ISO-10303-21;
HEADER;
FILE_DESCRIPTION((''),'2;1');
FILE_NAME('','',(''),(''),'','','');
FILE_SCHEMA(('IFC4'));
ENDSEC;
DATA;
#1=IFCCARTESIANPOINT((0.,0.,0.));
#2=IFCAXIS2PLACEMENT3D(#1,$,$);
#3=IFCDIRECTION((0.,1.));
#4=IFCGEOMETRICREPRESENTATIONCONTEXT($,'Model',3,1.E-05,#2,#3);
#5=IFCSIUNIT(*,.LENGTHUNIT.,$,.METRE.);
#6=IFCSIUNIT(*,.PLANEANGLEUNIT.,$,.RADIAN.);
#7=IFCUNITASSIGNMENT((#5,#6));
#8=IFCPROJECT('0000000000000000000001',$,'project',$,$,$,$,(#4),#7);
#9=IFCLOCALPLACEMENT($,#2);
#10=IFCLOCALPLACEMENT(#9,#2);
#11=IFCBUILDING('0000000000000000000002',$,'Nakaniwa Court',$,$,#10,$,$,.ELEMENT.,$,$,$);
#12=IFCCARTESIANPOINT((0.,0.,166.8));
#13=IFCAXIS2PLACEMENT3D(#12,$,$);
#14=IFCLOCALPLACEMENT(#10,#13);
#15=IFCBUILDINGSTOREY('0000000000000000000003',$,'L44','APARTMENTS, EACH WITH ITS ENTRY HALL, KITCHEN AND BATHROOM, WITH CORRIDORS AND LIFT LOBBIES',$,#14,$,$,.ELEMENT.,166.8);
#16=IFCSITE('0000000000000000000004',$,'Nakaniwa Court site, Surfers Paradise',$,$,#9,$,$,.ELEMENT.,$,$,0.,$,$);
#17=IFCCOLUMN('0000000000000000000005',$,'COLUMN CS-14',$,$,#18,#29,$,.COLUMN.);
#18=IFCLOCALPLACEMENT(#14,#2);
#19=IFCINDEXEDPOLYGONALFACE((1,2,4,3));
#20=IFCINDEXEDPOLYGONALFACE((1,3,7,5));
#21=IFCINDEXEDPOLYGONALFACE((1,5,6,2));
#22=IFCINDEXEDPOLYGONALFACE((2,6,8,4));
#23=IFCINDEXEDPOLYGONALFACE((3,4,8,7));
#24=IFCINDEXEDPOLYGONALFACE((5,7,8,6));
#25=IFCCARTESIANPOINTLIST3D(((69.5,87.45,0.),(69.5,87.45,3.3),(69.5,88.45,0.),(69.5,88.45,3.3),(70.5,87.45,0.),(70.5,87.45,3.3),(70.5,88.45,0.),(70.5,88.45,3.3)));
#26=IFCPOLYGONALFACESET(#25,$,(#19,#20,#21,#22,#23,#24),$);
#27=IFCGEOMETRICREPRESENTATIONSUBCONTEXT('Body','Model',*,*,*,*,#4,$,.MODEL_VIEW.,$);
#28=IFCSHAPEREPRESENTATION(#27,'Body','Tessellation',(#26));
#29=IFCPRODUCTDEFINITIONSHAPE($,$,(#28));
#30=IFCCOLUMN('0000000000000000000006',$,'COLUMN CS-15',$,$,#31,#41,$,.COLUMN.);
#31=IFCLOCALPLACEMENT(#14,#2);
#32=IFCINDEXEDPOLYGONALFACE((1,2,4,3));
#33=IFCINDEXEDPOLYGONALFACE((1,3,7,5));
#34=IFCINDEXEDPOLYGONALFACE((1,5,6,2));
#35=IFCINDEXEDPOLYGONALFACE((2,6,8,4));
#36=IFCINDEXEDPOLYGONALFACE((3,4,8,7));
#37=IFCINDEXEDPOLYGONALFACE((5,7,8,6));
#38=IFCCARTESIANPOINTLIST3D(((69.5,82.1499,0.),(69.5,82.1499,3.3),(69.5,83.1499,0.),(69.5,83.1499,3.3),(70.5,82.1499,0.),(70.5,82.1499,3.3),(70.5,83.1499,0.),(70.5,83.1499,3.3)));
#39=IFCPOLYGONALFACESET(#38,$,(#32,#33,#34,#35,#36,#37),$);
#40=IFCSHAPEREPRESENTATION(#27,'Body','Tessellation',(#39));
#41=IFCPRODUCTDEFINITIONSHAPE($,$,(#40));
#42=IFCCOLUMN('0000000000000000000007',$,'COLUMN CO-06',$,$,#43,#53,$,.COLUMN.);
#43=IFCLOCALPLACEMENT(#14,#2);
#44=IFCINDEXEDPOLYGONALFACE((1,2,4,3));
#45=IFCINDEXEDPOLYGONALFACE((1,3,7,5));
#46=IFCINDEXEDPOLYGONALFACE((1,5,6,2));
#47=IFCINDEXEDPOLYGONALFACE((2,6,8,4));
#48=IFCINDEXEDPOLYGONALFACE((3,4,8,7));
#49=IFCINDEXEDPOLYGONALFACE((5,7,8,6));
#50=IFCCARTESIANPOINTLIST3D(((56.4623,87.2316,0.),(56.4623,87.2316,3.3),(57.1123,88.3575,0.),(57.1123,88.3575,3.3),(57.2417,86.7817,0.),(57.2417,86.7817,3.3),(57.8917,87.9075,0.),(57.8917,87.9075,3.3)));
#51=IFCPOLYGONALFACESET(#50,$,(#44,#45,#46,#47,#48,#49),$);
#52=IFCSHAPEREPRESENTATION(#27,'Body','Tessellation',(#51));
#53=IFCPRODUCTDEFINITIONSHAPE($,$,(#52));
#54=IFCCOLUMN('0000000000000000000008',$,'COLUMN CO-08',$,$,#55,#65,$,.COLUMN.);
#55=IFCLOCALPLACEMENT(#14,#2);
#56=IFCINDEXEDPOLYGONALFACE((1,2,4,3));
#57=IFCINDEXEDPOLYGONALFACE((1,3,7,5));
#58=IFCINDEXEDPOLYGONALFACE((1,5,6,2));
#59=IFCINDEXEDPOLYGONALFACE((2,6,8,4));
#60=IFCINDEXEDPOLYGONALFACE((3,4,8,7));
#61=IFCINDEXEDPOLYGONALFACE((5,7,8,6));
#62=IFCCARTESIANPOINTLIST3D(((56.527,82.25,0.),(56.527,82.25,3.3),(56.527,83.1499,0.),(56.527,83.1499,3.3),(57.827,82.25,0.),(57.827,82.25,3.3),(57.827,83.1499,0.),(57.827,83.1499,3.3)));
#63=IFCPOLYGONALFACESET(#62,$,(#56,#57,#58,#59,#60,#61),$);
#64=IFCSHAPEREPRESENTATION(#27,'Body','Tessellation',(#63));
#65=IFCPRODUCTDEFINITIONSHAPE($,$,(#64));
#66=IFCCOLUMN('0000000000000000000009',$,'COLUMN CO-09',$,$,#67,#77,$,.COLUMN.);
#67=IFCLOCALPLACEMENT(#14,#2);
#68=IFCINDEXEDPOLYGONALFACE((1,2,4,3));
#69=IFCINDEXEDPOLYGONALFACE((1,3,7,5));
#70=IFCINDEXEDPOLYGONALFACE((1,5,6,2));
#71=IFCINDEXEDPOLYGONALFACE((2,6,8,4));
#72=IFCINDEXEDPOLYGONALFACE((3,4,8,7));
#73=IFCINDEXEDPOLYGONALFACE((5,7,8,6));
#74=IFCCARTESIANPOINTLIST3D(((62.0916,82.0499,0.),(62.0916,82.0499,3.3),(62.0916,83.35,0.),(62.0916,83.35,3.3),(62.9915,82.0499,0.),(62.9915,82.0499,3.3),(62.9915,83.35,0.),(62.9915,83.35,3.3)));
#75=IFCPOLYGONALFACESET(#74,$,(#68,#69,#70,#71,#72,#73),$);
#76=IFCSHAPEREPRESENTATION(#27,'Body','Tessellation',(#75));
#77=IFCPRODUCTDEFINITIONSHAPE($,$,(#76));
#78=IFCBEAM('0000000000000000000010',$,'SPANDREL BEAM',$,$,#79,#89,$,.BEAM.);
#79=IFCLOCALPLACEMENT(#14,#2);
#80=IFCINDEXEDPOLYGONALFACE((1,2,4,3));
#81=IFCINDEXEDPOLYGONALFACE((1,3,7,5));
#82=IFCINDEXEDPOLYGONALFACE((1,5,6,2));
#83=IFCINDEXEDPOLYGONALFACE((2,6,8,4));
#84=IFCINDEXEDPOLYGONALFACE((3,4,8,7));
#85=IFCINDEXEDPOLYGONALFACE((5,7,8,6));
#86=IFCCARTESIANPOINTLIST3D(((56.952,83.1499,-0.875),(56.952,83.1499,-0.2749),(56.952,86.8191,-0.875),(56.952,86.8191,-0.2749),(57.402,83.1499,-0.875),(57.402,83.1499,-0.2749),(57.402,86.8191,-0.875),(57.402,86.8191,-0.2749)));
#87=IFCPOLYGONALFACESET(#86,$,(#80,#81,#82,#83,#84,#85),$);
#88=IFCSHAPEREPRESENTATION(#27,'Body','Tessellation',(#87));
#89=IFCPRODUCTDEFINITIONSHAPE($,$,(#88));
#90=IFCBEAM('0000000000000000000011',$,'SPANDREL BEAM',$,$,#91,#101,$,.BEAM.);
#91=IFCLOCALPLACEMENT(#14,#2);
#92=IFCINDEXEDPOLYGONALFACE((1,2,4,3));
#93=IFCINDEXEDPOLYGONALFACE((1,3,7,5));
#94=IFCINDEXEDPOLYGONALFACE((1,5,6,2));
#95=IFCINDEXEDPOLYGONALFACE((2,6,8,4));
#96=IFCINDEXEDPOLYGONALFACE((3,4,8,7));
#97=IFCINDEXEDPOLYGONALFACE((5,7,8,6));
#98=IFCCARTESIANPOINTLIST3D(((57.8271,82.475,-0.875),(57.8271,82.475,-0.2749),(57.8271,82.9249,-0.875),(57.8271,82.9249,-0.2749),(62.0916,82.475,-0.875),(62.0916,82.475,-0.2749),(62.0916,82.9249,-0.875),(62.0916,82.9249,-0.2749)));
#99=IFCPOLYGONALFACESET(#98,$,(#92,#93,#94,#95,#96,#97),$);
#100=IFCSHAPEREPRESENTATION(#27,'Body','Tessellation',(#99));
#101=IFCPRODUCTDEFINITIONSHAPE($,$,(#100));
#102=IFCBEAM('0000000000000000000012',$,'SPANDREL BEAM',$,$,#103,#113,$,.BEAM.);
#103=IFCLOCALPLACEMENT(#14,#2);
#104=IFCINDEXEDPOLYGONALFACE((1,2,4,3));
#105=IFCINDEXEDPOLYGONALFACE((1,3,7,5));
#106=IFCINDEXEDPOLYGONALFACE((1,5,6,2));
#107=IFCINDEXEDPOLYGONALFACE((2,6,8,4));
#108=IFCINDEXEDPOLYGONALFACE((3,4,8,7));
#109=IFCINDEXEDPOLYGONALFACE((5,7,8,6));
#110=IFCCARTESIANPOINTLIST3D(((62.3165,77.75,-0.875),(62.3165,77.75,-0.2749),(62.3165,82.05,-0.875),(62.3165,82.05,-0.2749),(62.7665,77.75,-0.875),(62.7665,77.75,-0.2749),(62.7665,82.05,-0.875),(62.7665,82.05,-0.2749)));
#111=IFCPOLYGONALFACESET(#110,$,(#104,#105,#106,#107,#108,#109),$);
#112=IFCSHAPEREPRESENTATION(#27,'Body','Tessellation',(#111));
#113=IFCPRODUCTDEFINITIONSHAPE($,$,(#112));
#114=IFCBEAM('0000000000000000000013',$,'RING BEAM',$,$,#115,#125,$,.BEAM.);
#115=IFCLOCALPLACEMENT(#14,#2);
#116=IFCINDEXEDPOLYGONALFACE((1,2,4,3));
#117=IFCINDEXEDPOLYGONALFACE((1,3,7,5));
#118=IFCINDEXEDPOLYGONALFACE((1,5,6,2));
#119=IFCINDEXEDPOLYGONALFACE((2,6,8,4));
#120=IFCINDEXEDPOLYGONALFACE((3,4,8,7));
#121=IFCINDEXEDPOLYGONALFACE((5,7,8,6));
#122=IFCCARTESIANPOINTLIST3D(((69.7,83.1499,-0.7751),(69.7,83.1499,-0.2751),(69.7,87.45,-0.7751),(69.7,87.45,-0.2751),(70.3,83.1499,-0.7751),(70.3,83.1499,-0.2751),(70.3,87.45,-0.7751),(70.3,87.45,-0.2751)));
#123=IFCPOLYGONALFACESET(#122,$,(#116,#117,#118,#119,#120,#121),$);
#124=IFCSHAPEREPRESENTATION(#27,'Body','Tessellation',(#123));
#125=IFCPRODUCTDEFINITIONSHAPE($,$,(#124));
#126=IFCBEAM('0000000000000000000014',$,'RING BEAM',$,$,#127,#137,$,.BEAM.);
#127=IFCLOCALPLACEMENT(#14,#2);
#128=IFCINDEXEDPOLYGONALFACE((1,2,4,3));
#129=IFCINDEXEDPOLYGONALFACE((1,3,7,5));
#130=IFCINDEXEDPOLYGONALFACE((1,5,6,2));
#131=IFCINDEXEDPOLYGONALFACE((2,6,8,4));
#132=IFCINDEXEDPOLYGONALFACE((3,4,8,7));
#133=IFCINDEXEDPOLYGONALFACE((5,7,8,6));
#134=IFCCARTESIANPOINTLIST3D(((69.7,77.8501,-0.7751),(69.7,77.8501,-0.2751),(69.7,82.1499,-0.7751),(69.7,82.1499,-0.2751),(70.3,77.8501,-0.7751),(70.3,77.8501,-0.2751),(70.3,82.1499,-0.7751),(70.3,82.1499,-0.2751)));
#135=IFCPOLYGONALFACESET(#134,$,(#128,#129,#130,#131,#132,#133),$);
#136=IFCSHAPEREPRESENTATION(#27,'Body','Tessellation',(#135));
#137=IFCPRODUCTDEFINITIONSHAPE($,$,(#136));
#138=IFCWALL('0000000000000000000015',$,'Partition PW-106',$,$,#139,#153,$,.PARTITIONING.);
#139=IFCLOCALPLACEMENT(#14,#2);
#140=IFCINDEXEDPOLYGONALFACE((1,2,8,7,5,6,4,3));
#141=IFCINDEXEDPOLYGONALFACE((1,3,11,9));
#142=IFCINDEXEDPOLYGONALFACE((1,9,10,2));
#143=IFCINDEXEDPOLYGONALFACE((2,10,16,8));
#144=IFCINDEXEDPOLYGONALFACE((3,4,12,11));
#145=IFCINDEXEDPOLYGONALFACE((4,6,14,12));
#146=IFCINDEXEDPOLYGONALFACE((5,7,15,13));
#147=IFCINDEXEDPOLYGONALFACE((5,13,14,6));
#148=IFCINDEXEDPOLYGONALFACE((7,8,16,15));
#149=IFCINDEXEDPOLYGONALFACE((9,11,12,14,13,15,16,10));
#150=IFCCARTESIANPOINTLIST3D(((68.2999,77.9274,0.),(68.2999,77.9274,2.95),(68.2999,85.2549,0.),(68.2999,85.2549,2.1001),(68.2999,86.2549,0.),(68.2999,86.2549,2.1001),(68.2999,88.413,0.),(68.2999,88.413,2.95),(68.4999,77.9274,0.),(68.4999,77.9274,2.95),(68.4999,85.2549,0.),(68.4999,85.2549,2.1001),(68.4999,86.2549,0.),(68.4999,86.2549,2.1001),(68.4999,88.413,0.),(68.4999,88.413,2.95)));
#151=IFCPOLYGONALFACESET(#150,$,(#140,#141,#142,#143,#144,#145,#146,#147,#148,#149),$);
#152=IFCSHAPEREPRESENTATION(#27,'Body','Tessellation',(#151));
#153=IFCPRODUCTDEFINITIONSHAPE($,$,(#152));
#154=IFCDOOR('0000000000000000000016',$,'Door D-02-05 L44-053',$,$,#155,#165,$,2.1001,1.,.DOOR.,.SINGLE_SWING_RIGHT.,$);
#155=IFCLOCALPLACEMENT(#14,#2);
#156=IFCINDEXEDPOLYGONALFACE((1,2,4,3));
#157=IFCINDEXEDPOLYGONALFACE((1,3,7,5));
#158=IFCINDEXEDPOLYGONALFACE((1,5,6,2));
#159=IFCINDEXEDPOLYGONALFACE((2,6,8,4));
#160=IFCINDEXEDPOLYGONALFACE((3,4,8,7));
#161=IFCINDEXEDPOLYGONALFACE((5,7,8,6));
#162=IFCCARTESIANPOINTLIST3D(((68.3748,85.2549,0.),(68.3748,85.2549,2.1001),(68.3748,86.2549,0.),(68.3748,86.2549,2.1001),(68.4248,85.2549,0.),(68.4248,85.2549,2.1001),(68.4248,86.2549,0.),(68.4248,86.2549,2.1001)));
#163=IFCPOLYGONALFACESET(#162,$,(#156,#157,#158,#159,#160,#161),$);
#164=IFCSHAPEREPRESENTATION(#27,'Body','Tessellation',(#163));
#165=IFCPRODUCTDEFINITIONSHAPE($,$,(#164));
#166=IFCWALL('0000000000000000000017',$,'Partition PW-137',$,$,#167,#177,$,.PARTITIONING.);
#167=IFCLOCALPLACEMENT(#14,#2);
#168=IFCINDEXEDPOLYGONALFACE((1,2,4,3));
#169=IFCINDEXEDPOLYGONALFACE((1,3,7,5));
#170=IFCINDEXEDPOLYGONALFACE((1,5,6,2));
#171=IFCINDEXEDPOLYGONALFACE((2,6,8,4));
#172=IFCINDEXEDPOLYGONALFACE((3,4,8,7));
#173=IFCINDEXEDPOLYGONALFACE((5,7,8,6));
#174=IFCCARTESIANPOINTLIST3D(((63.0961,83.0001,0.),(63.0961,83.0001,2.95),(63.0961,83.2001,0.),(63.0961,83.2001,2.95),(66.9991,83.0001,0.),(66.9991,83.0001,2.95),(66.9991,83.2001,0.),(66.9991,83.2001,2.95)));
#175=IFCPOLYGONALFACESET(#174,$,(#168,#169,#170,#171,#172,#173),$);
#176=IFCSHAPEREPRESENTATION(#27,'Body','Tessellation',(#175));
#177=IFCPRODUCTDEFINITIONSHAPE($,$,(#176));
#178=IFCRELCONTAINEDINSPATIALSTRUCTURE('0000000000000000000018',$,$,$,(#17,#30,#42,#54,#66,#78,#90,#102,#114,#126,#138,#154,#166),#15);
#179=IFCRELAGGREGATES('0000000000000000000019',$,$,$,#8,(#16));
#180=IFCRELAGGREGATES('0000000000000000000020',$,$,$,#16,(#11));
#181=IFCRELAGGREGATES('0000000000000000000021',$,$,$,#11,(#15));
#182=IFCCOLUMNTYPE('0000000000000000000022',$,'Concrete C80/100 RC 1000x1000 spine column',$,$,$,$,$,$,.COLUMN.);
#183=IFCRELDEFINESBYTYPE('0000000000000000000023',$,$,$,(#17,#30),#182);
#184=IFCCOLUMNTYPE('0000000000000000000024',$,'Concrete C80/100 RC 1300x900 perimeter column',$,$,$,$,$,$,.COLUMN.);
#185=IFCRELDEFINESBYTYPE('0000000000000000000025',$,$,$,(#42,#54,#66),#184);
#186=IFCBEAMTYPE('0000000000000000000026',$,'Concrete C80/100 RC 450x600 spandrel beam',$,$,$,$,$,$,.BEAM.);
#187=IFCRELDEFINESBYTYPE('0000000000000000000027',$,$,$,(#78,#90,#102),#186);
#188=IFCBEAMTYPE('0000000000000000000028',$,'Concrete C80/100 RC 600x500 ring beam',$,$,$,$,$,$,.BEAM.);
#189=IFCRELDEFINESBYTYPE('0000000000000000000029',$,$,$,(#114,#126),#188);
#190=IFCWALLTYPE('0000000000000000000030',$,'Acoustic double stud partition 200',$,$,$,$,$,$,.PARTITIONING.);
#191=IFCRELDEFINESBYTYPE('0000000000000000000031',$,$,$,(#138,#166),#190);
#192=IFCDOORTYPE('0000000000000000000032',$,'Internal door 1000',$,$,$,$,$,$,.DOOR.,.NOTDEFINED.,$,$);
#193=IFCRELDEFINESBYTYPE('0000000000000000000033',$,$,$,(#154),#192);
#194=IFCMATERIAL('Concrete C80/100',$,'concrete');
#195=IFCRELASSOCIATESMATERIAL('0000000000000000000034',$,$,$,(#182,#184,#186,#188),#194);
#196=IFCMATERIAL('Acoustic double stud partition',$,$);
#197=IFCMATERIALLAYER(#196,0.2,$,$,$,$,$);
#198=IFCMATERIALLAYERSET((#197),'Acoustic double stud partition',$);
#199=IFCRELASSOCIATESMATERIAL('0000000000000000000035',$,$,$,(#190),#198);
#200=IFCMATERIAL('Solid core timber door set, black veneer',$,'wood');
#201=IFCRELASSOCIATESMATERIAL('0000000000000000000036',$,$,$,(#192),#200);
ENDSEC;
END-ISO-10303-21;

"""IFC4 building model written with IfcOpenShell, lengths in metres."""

from ifc_helpers import new_model, si_unit, direction, frame, frame_2d, origin, origin_2d, place, context, subcontext, project, spatial, rectangle, extrude, material, layer, layer_set, material_profile, profile_set, type_object, element, fill, save


model = new_model("IFC4")

# Units and contexts
model_context = context("Model", 3, precision=1e-05, world=origin(), true_north=direction((0.0, 1.0)))
body_context = subcontext(model_context, "Body", "Model", "MODEL_VIEW")
ifc_project = project(units=[si_unit("LENGTHUNIT", "METRE"), si_unit("PLANEANGLEUNIT", "RADIAN")], contexts=[model_context])

# Site, building, storey
site_placement = place(None, origin())
site = spatial("IfcSite", under=ifc_project, at=site_placement, Name="Nakaniwa Court site, Surfers Paradise", CompositionType="ELEMENT", RefElevation=0.0)
building_placement = place(site_placement, origin())
building = spatial("IfcBuilding", under=site, at=building_placement, Name="Nakaniwa Court", CompositionType="ELEMENT")
storey_placement = place(building_placement, frame((0.0, 0.0, 166.8)))
storey = spatial("IfcBuildingStorey", under=building, at=storey_placement, Name="L44", Description="APARTMENTS, EACH WITH ITS ENTRY HALL, KITCHEN AND BATHROOM, WITH CORRIDORS AND LIFT LOBBIES", CompositionType="ELEMENT", Elevation=166.8)

# Columns
ifc_material_1 = material(Name="Concrete C80/100", Category="concrete")
ifc_material_profile_1 = material_profile(ifc_material_1, rectangle(XDim=1.0, YDim=1.0, at=origin_2d()), Name="Concrete C80/100 RC 1000x1000 spine column")
ifc_profile_set_1 = profile_set([ifc_material_profile_1], Name="Concrete C80/100")
column_type_1 = type_object("IfcColumnType", Name="Concrete C80/100 RC 1000x1000 spine column", PredefinedType="COLUMN", material=ifc_profile_set_1)
for number, where, z_axis, x_axis, name in (
    (1, (70.0, 87.95, 0.0), (0.0, 0.0, 1.0), (0.0, -1.0, 0.0), "COLUMN CS-14"),
    (2, (70.0, 82.6499, 0.0), (0.0, 0.0, 1.0), (0.0, -1.0, 0.0), "COLUMN CS-15"),
):
    element("IfcColumn", number, at=place(storey_placement, frame(where, z_axis=z_axis, x_axis=x_axis)), inside=storey, type_object=column_type_1, Name=name, PredefinedType="COLUMN", context=body_context, shape_type="SweptSolid", body=[
        extrude(rectangle(XDim=1.0, YDim=1.0, at=origin_2d()), origin(), (0.0, 0.0, 1.0), 3.3),
    ])
ifc_material_profile_2 = material_profile(ifc_material_1, rectangle(XDim=1.3, YDim=0.8999, at=origin_2d()), Name="Concrete C80/100 RC 1300x900 perimeter column")
ifc_profile_set_2 = profile_set([ifc_material_profile_2], Name="Concrete C80/100")
column_type_2 = type_object("IfcColumnType", Name="Concrete C80/100 RC 1300x900 perimeter column", PredefinedType="COLUMN", material=ifc_profile_set_2)
for number, where, z_axis, x_axis, name in (
    (3, (57.177, 87.5696, 0.0), (0.0, 0.0, 1.0), (-0.5, -0.866025, 0.0), "COLUMN CO-06"),
    (4, (57.177, 82.7, 0.0), (0.0, 0.0, 1.0), (1.0, 0.0, 0.0), "COLUMN CO-08"),
    (5, (62.5415, 82.7, 0.0), (0.0, 0.0, 1.0), (0.0, -1.0, 0.0), "COLUMN CO-09"),
):
    element("IfcColumn", number, at=place(storey_placement, frame(where, z_axis=z_axis, x_axis=x_axis)), inside=storey, type_object=column_type_2, Name=name, PredefinedType="COLUMN", context=body_context, shape_type="SweptSolid", body=[
        extrude(rectangle(XDim=1.3, YDim=0.8999, at=origin_2d()), origin(), (0.0, 0.0, 1.0), 3.3),
    ])

# Beams
ifc_material_profile_3 = material_profile(ifc_material_1, rectangle(XDim=0.45, YDim=0.6001, at=origin_2d()), Name="Concrete C80/100 RC 450x600 spandrel beam")
ifc_profile_set_3 = profile_set([ifc_material_profile_3], Name="Concrete C80/100")
beam_type_1 = type_object("IfcBeamType", Name="Concrete C80/100 RC 450x600 spandrel beam", PredefinedType="BEAM", material=ifc_profile_set_3)
beam_1_placement = place(storey_placement, frame((57.177, 86.8191, -0.575), z_axis=(0.0, -1.0, 0.0), x_axis=(1.0, 0.0, 0.0)))
element("IfcBeam", 6, at=beam_1_placement, inside=storey, type_object=beam_type_1, Name="SPANDREL BEAM", PredefinedType="BEAM", context=body_context, shape_type="SweptSolid", body=[
    extrude(rectangle(XDim=0.45, YDim=0.6001, at=origin_2d()), origin(), (0.0, 0.0, 1.0), 3.6692),
])
beam_2_placement = place(storey_placement, frame((57.8271, 82.7, -0.575), z_axis=(1.0, 0.0, 0.0), x_axis=(0.0, 1.0, 0.0)))
element("IfcBeam", 7, at=beam_2_placement, inside=storey, type_object=beam_type_1, Name="SPANDREL BEAM", PredefinedType="BEAM", context=body_context, shape_type="SweptSolid", body=[
    extrude(rectangle(XDim=0.45, YDim=0.6001, at=origin_2d()), origin(), (0.0, 0.0, 1.0), 4.2644),
])
beam_3_placement = place(storey_placement, frame((62.5415, 82.05, -0.575), z_axis=(0.0, -1.0, 0.0), x_axis=(1.0, 0.0, 0.0)))
element("IfcBeam", 8, at=beam_3_placement, inside=storey, type_object=beam_type_1, Name="SPANDREL BEAM", PredefinedType="BEAM", context=body_context, shape_type="SweptSolid", body=[
    extrude(rectangle(XDim=0.45, YDim=0.6001, at=origin_2d()), origin(), (0.0, 0.0, 1.0), 4.3),
])
ifc_material_profile_4 = material_profile(ifc_material_1, rectangle(XDim=0.6001, YDim=0.5, at=origin_2d()), Name="Concrete C80/100 RC 600x500 ring beam")
ifc_profile_set_4 = profile_set([ifc_material_profile_4], Name="Concrete C80/100")
beam_type_2 = type_object("IfcBeamType", Name="Concrete C80/100 RC 600x500 ring beam", PredefinedType="BEAM", material=ifc_profile_set_4)
beam_4_placement = place(storey_placement, frame((70.0, 87.45, -0.5251), z_axis=(0.0, -1.0, 0.0), x_axis=(1.0, 0.0, 0.0)))
element("IfcBeam", 9, at=beam_4_placement, inside=storey, type_object=beam_type_2, Name="RING BEAM", PredefinedType="BEAM", context=body_context, shape_type="SweptSolid", body=[
    extrude(rectangle(XDim=0.6001, YDim=0.5, at=origin_2d()), origin(), (0.0, 0.0, 1.0), 4.3),
])
beam_5_placement = place(storey_placement, frame((70.0, 82.1499, -0.5251), z_axis=(0.0, -1.0, 0.0), x_axis=(1.0, 0.0, 0.0)))
element("IfcBeam", 10, at=beam_5_placement, inside=storey, type_object=beam_type_2, Name="RING BEAM", PredefinedType="BEAM", context=body_context, shape_type="SweptSolid", body=[
    extrude(rectangle(XDim=0.6001, YDim=0.5, at=origin_2d()), origin(), (0.0, 0.0, 1.0), 4.2998),
])

# Wall, opening, door
ifc_material_2 = material(Name="Acoustic double stud partition")
ifc_layer_1 = layer(ifc_material_2, 0.2)
ifc_layer_set_1 = layer_set([ifc_layer_1], Name="Acoustic double stud partition")
wall_type_1 = type_object("IfcWallType", Name="Acoustic double stud partition 200", PredefinedType="PARTITIONING", material=ifc_layer_set_1)
wall_1_placement = place(storey_placement, frame((68.3999, 88.4128, 0.0), z_axis=(0.0, 0.0, 1.0), x_axis=(0.0, -1.0, 0.0)))
wall_1 = element("IfcWall", 11, at=wall_1_placement, inside=storey, type_object=wall_type_1, Name="Partition PW-106", PredefinedType="PARTITIONING", context=body_context, shape_type="SweptSolid", body=[
    extrude(rectangle(XDim=10.4856, YDim=0.2, at=frame_2d((5.2427, 0.0))), origin(), (0.0, 0.0, 1.0), 2.95),
])
opening_1_placement = place(wall_1_placement, frame((2.158, 0.0, 0.0)))
opening_1 = element("IfcOpeningElement", 12, at=opening_1_placement, cuts=wall_1, PredefinedType="OPENING", context=body_context, shape_type="SweptSolid", body=[
    extrude(rectangle(XDim=1.0, YDim=2.1001, at=frame_2d((0.5, 1.05))), frame((0.0, 0.1099, 0.0), z_axis=(0.0, -1.0, 0.0), x_axis=(1.0, 0.0, 0.0)), (0.0, 0.0, 1.0), 0.22),
])
ifc_material_3 = material(Name="Solid core timber door set, black veneer", Category="wood")
door_type_1 = type_object("IfcDoorType", Name="Internal door 1000", OperationType="NOTDEFINED", PredefinedType="DOOR", material=ifc_material_3)
door_1_placement = place(opening_1_placement, origin())
door_1 = element("IfcDoor", 13, at=door_1_placement, inside=storey, type_object=door_type_1, Name="Door D-02-05 L44-053", OperationType="SINGLE_SWING_RIGHT", OverallHeight=2.1001, OverallWidth=1.0, PredefinedType="DOOR", context=body_context, shape_type="SweptSolid", body=[
    extrude(rectangle(XDim=1.0, YDim=2.1001, at=frame_2d((0.5, 1.05))), frame((0.0, 0.0249, 0.0), z_axis=(0.0, -1.0, 0.0), x_axis=(1.0, 0.0, 0.0)), (0.0, 0.0, 1.0), 0.05),
])
fill(opening_1, door_1)

# Wall
wall_2_placement = place(storey_placement, frame((63.0959, 83.1001, 0.0), z_axis=(0.0, 0.0, 1.0), x_axis=(1.0, 0.0, 0.0)))
element("IfcWall", 14, at=wall_2_placement, inside=storey, type_object=wall_type_1, Name="Partition PW-137", PredefinedType="PARTITIONING", context=body_context, shape_type="SweptSolid", body=[
    extrude(rectangle(XDim=3.9031, YDim=0.2, at=frame_2d((1.9517, 0.0))), origin(), (0.0, 0.0, 1.0), 2.95),
])

save(model, "model.ifc")
